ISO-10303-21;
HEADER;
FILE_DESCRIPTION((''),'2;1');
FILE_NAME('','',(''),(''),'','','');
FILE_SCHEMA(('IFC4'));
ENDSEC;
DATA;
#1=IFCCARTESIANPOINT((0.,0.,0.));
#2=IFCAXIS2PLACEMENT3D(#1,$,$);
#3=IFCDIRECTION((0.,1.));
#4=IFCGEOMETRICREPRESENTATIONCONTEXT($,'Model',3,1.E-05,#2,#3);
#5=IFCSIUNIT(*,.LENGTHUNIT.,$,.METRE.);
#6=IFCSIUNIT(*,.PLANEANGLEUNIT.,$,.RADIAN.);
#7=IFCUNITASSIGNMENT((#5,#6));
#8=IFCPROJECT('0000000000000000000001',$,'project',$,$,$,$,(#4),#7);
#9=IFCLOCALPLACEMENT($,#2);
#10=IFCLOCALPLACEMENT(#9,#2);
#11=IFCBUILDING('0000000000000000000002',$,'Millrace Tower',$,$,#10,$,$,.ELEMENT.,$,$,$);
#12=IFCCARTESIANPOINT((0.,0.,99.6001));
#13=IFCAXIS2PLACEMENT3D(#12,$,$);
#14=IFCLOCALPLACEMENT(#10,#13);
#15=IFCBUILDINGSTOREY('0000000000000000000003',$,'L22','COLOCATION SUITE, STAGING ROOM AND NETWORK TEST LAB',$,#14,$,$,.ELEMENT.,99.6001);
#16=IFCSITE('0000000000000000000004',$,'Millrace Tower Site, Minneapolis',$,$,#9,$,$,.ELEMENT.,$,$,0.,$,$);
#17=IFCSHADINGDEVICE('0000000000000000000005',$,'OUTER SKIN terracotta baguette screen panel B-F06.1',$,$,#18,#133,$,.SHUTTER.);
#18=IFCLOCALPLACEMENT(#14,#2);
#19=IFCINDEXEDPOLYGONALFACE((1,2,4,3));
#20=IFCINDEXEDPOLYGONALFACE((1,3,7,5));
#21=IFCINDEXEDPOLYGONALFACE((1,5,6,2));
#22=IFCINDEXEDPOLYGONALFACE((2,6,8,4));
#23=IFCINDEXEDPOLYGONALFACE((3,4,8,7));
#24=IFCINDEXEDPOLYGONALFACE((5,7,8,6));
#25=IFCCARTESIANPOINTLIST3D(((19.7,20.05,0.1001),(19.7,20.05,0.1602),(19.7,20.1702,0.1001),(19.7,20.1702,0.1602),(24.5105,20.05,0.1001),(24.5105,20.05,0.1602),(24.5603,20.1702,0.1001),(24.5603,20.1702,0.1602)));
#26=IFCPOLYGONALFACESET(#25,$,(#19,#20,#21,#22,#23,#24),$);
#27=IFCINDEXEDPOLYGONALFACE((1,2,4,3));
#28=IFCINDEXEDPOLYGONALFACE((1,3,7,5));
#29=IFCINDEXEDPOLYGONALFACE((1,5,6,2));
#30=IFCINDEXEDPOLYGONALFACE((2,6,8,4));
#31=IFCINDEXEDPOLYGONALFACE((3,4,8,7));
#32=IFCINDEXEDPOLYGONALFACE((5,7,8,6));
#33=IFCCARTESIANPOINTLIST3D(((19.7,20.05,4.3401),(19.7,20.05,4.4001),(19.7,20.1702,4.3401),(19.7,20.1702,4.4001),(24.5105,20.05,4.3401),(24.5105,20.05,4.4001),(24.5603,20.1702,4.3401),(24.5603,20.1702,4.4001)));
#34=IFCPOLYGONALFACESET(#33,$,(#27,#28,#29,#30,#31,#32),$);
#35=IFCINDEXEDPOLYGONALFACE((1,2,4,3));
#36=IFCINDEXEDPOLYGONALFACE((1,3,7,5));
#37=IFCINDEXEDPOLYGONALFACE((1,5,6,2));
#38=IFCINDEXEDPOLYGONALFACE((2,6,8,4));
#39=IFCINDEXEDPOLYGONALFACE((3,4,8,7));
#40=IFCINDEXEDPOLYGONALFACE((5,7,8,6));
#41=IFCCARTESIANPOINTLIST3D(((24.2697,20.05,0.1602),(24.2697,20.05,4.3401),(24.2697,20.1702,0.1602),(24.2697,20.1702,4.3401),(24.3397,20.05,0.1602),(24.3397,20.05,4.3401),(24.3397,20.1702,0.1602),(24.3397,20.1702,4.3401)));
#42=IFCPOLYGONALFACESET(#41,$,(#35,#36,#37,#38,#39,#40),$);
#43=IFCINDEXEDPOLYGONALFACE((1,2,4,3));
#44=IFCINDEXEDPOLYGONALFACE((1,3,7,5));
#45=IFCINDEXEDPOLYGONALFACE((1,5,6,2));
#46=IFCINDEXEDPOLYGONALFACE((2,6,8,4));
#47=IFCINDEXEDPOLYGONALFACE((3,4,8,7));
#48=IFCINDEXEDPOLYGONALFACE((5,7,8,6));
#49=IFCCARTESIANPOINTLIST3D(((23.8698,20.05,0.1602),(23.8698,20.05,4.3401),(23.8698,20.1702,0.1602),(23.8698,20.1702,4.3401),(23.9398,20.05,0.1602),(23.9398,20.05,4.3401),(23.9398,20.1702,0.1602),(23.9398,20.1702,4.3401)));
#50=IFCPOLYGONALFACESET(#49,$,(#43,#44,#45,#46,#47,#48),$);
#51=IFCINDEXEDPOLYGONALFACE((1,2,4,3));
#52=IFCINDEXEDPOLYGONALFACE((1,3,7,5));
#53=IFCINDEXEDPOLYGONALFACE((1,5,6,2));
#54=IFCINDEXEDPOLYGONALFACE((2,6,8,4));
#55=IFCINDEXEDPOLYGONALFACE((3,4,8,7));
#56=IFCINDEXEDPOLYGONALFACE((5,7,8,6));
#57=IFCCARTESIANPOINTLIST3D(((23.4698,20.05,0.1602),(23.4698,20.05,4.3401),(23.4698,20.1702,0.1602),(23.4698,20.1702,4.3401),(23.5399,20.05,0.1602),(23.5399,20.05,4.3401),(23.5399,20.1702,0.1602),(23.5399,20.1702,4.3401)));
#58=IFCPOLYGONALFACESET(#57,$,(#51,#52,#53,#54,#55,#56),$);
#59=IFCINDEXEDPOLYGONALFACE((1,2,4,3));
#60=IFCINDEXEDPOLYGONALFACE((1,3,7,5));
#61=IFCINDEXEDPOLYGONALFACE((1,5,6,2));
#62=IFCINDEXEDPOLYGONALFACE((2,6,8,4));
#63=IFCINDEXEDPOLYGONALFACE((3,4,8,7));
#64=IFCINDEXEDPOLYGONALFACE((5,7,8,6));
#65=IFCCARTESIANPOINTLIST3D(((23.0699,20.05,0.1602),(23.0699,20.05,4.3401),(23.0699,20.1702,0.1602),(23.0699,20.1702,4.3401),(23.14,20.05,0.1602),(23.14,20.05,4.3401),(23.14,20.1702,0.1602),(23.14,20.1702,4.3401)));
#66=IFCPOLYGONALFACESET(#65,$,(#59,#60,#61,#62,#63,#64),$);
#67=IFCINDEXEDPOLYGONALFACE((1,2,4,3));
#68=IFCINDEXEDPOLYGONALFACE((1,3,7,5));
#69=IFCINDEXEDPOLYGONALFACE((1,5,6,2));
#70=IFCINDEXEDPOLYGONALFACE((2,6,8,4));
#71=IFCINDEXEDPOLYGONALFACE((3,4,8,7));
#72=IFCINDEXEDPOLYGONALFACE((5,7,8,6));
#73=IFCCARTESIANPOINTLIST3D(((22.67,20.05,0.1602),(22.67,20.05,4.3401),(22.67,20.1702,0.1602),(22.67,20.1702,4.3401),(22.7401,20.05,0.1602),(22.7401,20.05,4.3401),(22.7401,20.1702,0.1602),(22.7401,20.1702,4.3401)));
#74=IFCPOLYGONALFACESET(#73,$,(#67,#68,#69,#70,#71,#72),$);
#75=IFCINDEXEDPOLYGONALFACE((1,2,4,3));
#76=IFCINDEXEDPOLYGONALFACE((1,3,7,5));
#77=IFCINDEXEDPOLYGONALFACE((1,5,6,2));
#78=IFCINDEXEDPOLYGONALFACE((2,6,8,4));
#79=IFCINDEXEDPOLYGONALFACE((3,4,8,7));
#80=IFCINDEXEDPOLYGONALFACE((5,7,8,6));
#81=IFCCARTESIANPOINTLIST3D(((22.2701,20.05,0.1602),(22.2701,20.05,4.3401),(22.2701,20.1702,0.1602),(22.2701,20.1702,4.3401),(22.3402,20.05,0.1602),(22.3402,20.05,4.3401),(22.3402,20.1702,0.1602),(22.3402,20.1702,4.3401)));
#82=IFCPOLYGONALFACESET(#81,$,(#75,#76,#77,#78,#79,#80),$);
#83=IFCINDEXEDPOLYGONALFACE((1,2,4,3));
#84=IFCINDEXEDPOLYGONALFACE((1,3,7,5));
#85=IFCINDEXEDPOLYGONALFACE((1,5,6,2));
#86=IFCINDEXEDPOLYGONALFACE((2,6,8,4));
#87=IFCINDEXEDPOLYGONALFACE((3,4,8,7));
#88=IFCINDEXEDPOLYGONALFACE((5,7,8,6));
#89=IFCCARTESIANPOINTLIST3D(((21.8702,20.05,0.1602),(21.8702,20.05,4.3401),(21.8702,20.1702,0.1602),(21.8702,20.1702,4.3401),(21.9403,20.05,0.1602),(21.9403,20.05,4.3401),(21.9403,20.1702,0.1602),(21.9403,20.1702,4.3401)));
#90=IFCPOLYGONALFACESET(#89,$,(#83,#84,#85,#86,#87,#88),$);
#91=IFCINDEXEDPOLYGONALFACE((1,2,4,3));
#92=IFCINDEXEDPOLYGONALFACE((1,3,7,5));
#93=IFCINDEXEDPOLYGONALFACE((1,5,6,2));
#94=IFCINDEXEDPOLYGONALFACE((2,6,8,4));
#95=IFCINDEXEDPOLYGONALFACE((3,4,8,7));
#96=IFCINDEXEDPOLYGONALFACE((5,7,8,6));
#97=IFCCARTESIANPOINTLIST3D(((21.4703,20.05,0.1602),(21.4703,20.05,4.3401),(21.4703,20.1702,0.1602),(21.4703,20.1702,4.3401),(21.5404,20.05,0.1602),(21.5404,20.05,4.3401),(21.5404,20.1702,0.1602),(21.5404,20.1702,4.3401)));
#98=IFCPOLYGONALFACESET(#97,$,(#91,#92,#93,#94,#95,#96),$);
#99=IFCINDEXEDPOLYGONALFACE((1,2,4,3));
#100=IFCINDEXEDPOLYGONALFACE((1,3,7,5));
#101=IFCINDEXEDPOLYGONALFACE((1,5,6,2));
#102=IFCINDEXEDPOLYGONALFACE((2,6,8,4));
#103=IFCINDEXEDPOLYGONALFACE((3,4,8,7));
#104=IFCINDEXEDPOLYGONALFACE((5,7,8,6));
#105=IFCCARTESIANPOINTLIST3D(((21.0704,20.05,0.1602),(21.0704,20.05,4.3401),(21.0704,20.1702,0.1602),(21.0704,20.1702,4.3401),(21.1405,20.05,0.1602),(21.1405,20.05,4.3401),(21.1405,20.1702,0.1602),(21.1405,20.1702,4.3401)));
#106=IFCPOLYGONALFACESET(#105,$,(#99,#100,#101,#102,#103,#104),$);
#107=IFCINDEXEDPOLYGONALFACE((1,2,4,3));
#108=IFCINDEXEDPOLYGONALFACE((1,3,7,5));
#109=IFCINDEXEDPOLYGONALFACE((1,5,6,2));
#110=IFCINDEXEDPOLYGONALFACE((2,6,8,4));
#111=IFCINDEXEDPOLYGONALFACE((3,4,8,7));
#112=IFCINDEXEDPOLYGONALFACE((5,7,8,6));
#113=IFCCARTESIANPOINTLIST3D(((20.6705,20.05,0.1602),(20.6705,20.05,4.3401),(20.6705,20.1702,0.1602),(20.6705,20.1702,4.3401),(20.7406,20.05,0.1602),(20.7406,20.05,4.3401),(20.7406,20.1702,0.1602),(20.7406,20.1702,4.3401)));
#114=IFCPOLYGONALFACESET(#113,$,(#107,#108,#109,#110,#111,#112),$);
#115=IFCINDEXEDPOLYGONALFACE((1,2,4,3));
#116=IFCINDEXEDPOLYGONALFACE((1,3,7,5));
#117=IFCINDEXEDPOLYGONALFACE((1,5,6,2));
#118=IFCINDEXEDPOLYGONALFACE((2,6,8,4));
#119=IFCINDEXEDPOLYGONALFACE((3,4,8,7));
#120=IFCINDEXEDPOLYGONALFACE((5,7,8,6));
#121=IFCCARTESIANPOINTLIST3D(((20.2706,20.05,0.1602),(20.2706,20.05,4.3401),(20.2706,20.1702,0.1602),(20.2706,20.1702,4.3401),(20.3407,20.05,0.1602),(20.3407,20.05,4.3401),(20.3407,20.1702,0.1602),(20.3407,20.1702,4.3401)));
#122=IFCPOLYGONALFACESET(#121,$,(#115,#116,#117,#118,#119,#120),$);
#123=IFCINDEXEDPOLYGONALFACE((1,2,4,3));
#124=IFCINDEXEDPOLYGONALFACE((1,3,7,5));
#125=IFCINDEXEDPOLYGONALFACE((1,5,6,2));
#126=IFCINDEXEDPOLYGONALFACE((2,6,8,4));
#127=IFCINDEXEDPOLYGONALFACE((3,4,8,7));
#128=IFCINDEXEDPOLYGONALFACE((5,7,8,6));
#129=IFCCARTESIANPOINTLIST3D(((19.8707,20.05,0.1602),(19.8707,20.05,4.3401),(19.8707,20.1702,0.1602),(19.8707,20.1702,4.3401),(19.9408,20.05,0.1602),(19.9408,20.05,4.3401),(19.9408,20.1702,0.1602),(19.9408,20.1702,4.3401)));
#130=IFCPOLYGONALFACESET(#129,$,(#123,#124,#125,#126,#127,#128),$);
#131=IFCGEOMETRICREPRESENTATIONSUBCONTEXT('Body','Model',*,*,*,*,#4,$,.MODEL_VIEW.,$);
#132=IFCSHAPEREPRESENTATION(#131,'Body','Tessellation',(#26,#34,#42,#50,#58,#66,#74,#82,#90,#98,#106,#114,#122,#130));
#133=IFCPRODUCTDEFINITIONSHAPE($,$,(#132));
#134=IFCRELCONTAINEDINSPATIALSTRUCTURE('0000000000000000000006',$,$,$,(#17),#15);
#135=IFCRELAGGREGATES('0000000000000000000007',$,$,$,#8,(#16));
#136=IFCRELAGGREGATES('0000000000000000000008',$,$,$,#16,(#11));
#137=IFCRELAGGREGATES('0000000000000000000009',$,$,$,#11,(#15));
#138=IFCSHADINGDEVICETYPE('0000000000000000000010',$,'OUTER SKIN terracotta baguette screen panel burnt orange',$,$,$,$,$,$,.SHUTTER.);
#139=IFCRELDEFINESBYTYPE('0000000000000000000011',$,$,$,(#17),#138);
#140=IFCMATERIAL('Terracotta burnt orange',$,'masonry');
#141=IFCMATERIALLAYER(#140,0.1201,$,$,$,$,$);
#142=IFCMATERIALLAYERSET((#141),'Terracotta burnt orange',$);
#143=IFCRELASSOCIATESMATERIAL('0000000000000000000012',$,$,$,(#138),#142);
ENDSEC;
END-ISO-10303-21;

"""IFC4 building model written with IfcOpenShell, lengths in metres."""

from ifc_helpers import new_model, entity, si_unit, direction, frame, frame_2d, origin, place, context, subcontext, project, spatial, rectangle, extrude, source, transform, mapped, material, layer, layer_set, type_object, element, save


model = new_model("IFC4")

# Units and contexts
model_context = context("Model", 3, precision=1e-05, world=origin(), true_north=direction((0.0, 1.0)))
body_context = subcontext(model_context, "Body", "Model", "MODEL_VIEW")
ifc_project = project(units=[si_unit("LENGTHUNIT", "METRE"), si_unit("PLANEANGLEUNIT", "RADIAN")], contexts=[model_context])

# Site, building, storey
site_placement = place(None, origin())
site = spatial("IfcSite", under=ifc_project, at=site_placement, Name="Millrace Tower Site, Minneapolis", CompositionType="ELEMENT", RefElevation=0.0)
building_placement = place(site_placement, origin())
building = spatial("IfcBuilding", under=site, at=building_placement, Name="Millrace Tower", CompositionType="ELEMENT")
storey_placement = place(building_placement, frame((0.0, 0.0, 99.6001)))
storey = spatial("IfcBuildingStorey", under=building, at=storey_placement, Name="L22", Description="COLOCATION SUITE, STAGING ROOM AND NETWORK TEST LAB", CompositionType="ELEMENT", Elevation=99.6001)

# Shading device
ifc_material_1 = material(Name="Terracotta burnt orange", Category="masonry")
ifc_layer_1 = layer(ifc_material_1, 0.1201)
ifc_layer_set_1 = layer_set([ifc_layer_1], Name="Terracotta burnt orange")
shading_device_type = type_object("IfcShadingDeviceType", Name="OUTER SKIN terracotta baguette screen panel burnt orange", PredefinedType="SHUTTER", material=ifc_layer_set_1)
cartesian_point_1 = entity("IfcCartesianPoint", [-2.3928, 0.0601])
shared_polyline_1 = entity("IfcPolyline", [cartesian_point_1, entity("IfcCartesianPoint", [2.4177, 0.0601]), entity("IfcCartesianPoint", [2.4177, -0.0601]), entity("IfcCartesianPoint", [-2.4426, -0.0601]), cartesian_point_1])
shared_shape_1 = source(origin(), body_context, "Body", "SweptSolid", [
    entity("IfcExtrudedAreaSolid", entity("IfcArbitraryClosedProfileDef", "AREA", None, shared_polyline_1), entity("IfcAxis2Placement3D", entity("IfcCartesianPoint", [0.0, 0.0, 0.0])), entity("IfcDirection", [0.0, 0.0, 1.0]), 0.0601),
    entity("IfcExtrudedAreaSolid", entity("IfcArbitraryClosedProfileDef", "AREA", None, shared_polyline_1), entity("IfcAxis2Placement3D", entity("IfcCartesianPoint", [0.0, 0.0, 4.24])), entity("IfcDirection", [0.0, 0.0, 1.0]), 0.0601),
    extrude(rectangle(XDim=0.0701, YDim=0.1201, at=frame_2d((-2.187, 0.0))), frame((0.0, 0.0, 0.0601)), (0.0, 0.0, 1.0), 4.1799),
    extrude(rectangle(XDim=0.0701, YDim=0.1201, at=frame_2d((-1.7871, 0.0))), frame((0.0, 0.0, 0.0601)), (0.0, 0.0, 1.0), 4.1799),
    extrude(rectangle(XDim=0.0701, YDim=0.1201, at=frame_2d((-1.3872, 0.0))), frame((0.0, 0.0, 0.0601)), (0.0, 0.0, 1.0), 4.1799),
    extrude(rectangle(XDim=0.0701, YDim=0.1201, at=frame_2d((-0.9873, 0.0))), frame((0.0, 0.0, 0.0601)), (0.0, 0.0, 1.0), 4.1799),
    extrude(rectangle(XDim=0.0701, YDim=0.1201, at=frame_2d((-0.5874, 0.0))), frame((0.0, 0.0, 0.0601)), (0.0, 0.0, 1.0), 4.1799),
    extrude(rectangle(XDim=0.0701, YDim=0.1201, at=frame_2d((-0.1875, 0.0))), frame((0.0, 0.0, 0.0601)), (0.0, 0.0, 1.0), 4.1799),
    extrude(rectangle(XDim=0.0701, YDim=0.1201, at=frame_2d((0.2124, 0.0))), frame((0.0, 0.0, 0.0601)), (0.0, 0.0, 1.0), 4.1799),
    extrude(rectangle(XDim=0.0701, YDim=0.1201, at=frame_2d((0.6123, 0.0))), frame((0.0, 0.0, 0.0601)), (0.0, 0.0, 1.0), 4.1799),
    extrude(rectangle(XDim=0.0701, YDim=0.1201, at=frame_2d((1.0122, 0.0))), frame((0.0, 0.0, 0.0601)), (0.0, 0.0, 1.0), 4.1799),
    extrude(rectangle(XDim=0.0701, YDim=0.1201, at=frame_2d((1.4121, 0.0))), frame((0.0, 0.0, 0.0601)), (0.0, 0.0, 1.0), 4.1799),
    extrude(rectangle(XDim=0.0701, YDim=0.1201, at=frame_2d((1.812, 0.0))), frame((0.0, 0.0, 0.0601)), (0.0, 0.0, 1.0), 4.1799),
    extrude(rectangle(XDim=0.0701, YDim=0.1201, at=frame_2d((2.2119, 0.0))), frame((0.0, 0.0, 0.0601)), (0.0, 0.0, 1.0), 4.1799),
])
shading_device_1_placement = place(storey_placement, frame((22.1177, 20.1101, 0.1001), z_axis=(0.0, 0.0, 1.0), x_axis=(-1.0, 0.0, 0.0)))
element("IfcShadingDevice", 1, at=shading_device_1_placement, inside=storey, type_object=shading_device_type, Name="OUTER SKIN terracotta baguette screen panel B-F06.1", PredefinedType="SHUTTER", context=body_context, shape_type="MappedRepresentation", body=[
    mapped(shared_shape_1, transform((0.0, 0.0, 0.0), scale=1.0)),
])

save(model, "model.ifc")
